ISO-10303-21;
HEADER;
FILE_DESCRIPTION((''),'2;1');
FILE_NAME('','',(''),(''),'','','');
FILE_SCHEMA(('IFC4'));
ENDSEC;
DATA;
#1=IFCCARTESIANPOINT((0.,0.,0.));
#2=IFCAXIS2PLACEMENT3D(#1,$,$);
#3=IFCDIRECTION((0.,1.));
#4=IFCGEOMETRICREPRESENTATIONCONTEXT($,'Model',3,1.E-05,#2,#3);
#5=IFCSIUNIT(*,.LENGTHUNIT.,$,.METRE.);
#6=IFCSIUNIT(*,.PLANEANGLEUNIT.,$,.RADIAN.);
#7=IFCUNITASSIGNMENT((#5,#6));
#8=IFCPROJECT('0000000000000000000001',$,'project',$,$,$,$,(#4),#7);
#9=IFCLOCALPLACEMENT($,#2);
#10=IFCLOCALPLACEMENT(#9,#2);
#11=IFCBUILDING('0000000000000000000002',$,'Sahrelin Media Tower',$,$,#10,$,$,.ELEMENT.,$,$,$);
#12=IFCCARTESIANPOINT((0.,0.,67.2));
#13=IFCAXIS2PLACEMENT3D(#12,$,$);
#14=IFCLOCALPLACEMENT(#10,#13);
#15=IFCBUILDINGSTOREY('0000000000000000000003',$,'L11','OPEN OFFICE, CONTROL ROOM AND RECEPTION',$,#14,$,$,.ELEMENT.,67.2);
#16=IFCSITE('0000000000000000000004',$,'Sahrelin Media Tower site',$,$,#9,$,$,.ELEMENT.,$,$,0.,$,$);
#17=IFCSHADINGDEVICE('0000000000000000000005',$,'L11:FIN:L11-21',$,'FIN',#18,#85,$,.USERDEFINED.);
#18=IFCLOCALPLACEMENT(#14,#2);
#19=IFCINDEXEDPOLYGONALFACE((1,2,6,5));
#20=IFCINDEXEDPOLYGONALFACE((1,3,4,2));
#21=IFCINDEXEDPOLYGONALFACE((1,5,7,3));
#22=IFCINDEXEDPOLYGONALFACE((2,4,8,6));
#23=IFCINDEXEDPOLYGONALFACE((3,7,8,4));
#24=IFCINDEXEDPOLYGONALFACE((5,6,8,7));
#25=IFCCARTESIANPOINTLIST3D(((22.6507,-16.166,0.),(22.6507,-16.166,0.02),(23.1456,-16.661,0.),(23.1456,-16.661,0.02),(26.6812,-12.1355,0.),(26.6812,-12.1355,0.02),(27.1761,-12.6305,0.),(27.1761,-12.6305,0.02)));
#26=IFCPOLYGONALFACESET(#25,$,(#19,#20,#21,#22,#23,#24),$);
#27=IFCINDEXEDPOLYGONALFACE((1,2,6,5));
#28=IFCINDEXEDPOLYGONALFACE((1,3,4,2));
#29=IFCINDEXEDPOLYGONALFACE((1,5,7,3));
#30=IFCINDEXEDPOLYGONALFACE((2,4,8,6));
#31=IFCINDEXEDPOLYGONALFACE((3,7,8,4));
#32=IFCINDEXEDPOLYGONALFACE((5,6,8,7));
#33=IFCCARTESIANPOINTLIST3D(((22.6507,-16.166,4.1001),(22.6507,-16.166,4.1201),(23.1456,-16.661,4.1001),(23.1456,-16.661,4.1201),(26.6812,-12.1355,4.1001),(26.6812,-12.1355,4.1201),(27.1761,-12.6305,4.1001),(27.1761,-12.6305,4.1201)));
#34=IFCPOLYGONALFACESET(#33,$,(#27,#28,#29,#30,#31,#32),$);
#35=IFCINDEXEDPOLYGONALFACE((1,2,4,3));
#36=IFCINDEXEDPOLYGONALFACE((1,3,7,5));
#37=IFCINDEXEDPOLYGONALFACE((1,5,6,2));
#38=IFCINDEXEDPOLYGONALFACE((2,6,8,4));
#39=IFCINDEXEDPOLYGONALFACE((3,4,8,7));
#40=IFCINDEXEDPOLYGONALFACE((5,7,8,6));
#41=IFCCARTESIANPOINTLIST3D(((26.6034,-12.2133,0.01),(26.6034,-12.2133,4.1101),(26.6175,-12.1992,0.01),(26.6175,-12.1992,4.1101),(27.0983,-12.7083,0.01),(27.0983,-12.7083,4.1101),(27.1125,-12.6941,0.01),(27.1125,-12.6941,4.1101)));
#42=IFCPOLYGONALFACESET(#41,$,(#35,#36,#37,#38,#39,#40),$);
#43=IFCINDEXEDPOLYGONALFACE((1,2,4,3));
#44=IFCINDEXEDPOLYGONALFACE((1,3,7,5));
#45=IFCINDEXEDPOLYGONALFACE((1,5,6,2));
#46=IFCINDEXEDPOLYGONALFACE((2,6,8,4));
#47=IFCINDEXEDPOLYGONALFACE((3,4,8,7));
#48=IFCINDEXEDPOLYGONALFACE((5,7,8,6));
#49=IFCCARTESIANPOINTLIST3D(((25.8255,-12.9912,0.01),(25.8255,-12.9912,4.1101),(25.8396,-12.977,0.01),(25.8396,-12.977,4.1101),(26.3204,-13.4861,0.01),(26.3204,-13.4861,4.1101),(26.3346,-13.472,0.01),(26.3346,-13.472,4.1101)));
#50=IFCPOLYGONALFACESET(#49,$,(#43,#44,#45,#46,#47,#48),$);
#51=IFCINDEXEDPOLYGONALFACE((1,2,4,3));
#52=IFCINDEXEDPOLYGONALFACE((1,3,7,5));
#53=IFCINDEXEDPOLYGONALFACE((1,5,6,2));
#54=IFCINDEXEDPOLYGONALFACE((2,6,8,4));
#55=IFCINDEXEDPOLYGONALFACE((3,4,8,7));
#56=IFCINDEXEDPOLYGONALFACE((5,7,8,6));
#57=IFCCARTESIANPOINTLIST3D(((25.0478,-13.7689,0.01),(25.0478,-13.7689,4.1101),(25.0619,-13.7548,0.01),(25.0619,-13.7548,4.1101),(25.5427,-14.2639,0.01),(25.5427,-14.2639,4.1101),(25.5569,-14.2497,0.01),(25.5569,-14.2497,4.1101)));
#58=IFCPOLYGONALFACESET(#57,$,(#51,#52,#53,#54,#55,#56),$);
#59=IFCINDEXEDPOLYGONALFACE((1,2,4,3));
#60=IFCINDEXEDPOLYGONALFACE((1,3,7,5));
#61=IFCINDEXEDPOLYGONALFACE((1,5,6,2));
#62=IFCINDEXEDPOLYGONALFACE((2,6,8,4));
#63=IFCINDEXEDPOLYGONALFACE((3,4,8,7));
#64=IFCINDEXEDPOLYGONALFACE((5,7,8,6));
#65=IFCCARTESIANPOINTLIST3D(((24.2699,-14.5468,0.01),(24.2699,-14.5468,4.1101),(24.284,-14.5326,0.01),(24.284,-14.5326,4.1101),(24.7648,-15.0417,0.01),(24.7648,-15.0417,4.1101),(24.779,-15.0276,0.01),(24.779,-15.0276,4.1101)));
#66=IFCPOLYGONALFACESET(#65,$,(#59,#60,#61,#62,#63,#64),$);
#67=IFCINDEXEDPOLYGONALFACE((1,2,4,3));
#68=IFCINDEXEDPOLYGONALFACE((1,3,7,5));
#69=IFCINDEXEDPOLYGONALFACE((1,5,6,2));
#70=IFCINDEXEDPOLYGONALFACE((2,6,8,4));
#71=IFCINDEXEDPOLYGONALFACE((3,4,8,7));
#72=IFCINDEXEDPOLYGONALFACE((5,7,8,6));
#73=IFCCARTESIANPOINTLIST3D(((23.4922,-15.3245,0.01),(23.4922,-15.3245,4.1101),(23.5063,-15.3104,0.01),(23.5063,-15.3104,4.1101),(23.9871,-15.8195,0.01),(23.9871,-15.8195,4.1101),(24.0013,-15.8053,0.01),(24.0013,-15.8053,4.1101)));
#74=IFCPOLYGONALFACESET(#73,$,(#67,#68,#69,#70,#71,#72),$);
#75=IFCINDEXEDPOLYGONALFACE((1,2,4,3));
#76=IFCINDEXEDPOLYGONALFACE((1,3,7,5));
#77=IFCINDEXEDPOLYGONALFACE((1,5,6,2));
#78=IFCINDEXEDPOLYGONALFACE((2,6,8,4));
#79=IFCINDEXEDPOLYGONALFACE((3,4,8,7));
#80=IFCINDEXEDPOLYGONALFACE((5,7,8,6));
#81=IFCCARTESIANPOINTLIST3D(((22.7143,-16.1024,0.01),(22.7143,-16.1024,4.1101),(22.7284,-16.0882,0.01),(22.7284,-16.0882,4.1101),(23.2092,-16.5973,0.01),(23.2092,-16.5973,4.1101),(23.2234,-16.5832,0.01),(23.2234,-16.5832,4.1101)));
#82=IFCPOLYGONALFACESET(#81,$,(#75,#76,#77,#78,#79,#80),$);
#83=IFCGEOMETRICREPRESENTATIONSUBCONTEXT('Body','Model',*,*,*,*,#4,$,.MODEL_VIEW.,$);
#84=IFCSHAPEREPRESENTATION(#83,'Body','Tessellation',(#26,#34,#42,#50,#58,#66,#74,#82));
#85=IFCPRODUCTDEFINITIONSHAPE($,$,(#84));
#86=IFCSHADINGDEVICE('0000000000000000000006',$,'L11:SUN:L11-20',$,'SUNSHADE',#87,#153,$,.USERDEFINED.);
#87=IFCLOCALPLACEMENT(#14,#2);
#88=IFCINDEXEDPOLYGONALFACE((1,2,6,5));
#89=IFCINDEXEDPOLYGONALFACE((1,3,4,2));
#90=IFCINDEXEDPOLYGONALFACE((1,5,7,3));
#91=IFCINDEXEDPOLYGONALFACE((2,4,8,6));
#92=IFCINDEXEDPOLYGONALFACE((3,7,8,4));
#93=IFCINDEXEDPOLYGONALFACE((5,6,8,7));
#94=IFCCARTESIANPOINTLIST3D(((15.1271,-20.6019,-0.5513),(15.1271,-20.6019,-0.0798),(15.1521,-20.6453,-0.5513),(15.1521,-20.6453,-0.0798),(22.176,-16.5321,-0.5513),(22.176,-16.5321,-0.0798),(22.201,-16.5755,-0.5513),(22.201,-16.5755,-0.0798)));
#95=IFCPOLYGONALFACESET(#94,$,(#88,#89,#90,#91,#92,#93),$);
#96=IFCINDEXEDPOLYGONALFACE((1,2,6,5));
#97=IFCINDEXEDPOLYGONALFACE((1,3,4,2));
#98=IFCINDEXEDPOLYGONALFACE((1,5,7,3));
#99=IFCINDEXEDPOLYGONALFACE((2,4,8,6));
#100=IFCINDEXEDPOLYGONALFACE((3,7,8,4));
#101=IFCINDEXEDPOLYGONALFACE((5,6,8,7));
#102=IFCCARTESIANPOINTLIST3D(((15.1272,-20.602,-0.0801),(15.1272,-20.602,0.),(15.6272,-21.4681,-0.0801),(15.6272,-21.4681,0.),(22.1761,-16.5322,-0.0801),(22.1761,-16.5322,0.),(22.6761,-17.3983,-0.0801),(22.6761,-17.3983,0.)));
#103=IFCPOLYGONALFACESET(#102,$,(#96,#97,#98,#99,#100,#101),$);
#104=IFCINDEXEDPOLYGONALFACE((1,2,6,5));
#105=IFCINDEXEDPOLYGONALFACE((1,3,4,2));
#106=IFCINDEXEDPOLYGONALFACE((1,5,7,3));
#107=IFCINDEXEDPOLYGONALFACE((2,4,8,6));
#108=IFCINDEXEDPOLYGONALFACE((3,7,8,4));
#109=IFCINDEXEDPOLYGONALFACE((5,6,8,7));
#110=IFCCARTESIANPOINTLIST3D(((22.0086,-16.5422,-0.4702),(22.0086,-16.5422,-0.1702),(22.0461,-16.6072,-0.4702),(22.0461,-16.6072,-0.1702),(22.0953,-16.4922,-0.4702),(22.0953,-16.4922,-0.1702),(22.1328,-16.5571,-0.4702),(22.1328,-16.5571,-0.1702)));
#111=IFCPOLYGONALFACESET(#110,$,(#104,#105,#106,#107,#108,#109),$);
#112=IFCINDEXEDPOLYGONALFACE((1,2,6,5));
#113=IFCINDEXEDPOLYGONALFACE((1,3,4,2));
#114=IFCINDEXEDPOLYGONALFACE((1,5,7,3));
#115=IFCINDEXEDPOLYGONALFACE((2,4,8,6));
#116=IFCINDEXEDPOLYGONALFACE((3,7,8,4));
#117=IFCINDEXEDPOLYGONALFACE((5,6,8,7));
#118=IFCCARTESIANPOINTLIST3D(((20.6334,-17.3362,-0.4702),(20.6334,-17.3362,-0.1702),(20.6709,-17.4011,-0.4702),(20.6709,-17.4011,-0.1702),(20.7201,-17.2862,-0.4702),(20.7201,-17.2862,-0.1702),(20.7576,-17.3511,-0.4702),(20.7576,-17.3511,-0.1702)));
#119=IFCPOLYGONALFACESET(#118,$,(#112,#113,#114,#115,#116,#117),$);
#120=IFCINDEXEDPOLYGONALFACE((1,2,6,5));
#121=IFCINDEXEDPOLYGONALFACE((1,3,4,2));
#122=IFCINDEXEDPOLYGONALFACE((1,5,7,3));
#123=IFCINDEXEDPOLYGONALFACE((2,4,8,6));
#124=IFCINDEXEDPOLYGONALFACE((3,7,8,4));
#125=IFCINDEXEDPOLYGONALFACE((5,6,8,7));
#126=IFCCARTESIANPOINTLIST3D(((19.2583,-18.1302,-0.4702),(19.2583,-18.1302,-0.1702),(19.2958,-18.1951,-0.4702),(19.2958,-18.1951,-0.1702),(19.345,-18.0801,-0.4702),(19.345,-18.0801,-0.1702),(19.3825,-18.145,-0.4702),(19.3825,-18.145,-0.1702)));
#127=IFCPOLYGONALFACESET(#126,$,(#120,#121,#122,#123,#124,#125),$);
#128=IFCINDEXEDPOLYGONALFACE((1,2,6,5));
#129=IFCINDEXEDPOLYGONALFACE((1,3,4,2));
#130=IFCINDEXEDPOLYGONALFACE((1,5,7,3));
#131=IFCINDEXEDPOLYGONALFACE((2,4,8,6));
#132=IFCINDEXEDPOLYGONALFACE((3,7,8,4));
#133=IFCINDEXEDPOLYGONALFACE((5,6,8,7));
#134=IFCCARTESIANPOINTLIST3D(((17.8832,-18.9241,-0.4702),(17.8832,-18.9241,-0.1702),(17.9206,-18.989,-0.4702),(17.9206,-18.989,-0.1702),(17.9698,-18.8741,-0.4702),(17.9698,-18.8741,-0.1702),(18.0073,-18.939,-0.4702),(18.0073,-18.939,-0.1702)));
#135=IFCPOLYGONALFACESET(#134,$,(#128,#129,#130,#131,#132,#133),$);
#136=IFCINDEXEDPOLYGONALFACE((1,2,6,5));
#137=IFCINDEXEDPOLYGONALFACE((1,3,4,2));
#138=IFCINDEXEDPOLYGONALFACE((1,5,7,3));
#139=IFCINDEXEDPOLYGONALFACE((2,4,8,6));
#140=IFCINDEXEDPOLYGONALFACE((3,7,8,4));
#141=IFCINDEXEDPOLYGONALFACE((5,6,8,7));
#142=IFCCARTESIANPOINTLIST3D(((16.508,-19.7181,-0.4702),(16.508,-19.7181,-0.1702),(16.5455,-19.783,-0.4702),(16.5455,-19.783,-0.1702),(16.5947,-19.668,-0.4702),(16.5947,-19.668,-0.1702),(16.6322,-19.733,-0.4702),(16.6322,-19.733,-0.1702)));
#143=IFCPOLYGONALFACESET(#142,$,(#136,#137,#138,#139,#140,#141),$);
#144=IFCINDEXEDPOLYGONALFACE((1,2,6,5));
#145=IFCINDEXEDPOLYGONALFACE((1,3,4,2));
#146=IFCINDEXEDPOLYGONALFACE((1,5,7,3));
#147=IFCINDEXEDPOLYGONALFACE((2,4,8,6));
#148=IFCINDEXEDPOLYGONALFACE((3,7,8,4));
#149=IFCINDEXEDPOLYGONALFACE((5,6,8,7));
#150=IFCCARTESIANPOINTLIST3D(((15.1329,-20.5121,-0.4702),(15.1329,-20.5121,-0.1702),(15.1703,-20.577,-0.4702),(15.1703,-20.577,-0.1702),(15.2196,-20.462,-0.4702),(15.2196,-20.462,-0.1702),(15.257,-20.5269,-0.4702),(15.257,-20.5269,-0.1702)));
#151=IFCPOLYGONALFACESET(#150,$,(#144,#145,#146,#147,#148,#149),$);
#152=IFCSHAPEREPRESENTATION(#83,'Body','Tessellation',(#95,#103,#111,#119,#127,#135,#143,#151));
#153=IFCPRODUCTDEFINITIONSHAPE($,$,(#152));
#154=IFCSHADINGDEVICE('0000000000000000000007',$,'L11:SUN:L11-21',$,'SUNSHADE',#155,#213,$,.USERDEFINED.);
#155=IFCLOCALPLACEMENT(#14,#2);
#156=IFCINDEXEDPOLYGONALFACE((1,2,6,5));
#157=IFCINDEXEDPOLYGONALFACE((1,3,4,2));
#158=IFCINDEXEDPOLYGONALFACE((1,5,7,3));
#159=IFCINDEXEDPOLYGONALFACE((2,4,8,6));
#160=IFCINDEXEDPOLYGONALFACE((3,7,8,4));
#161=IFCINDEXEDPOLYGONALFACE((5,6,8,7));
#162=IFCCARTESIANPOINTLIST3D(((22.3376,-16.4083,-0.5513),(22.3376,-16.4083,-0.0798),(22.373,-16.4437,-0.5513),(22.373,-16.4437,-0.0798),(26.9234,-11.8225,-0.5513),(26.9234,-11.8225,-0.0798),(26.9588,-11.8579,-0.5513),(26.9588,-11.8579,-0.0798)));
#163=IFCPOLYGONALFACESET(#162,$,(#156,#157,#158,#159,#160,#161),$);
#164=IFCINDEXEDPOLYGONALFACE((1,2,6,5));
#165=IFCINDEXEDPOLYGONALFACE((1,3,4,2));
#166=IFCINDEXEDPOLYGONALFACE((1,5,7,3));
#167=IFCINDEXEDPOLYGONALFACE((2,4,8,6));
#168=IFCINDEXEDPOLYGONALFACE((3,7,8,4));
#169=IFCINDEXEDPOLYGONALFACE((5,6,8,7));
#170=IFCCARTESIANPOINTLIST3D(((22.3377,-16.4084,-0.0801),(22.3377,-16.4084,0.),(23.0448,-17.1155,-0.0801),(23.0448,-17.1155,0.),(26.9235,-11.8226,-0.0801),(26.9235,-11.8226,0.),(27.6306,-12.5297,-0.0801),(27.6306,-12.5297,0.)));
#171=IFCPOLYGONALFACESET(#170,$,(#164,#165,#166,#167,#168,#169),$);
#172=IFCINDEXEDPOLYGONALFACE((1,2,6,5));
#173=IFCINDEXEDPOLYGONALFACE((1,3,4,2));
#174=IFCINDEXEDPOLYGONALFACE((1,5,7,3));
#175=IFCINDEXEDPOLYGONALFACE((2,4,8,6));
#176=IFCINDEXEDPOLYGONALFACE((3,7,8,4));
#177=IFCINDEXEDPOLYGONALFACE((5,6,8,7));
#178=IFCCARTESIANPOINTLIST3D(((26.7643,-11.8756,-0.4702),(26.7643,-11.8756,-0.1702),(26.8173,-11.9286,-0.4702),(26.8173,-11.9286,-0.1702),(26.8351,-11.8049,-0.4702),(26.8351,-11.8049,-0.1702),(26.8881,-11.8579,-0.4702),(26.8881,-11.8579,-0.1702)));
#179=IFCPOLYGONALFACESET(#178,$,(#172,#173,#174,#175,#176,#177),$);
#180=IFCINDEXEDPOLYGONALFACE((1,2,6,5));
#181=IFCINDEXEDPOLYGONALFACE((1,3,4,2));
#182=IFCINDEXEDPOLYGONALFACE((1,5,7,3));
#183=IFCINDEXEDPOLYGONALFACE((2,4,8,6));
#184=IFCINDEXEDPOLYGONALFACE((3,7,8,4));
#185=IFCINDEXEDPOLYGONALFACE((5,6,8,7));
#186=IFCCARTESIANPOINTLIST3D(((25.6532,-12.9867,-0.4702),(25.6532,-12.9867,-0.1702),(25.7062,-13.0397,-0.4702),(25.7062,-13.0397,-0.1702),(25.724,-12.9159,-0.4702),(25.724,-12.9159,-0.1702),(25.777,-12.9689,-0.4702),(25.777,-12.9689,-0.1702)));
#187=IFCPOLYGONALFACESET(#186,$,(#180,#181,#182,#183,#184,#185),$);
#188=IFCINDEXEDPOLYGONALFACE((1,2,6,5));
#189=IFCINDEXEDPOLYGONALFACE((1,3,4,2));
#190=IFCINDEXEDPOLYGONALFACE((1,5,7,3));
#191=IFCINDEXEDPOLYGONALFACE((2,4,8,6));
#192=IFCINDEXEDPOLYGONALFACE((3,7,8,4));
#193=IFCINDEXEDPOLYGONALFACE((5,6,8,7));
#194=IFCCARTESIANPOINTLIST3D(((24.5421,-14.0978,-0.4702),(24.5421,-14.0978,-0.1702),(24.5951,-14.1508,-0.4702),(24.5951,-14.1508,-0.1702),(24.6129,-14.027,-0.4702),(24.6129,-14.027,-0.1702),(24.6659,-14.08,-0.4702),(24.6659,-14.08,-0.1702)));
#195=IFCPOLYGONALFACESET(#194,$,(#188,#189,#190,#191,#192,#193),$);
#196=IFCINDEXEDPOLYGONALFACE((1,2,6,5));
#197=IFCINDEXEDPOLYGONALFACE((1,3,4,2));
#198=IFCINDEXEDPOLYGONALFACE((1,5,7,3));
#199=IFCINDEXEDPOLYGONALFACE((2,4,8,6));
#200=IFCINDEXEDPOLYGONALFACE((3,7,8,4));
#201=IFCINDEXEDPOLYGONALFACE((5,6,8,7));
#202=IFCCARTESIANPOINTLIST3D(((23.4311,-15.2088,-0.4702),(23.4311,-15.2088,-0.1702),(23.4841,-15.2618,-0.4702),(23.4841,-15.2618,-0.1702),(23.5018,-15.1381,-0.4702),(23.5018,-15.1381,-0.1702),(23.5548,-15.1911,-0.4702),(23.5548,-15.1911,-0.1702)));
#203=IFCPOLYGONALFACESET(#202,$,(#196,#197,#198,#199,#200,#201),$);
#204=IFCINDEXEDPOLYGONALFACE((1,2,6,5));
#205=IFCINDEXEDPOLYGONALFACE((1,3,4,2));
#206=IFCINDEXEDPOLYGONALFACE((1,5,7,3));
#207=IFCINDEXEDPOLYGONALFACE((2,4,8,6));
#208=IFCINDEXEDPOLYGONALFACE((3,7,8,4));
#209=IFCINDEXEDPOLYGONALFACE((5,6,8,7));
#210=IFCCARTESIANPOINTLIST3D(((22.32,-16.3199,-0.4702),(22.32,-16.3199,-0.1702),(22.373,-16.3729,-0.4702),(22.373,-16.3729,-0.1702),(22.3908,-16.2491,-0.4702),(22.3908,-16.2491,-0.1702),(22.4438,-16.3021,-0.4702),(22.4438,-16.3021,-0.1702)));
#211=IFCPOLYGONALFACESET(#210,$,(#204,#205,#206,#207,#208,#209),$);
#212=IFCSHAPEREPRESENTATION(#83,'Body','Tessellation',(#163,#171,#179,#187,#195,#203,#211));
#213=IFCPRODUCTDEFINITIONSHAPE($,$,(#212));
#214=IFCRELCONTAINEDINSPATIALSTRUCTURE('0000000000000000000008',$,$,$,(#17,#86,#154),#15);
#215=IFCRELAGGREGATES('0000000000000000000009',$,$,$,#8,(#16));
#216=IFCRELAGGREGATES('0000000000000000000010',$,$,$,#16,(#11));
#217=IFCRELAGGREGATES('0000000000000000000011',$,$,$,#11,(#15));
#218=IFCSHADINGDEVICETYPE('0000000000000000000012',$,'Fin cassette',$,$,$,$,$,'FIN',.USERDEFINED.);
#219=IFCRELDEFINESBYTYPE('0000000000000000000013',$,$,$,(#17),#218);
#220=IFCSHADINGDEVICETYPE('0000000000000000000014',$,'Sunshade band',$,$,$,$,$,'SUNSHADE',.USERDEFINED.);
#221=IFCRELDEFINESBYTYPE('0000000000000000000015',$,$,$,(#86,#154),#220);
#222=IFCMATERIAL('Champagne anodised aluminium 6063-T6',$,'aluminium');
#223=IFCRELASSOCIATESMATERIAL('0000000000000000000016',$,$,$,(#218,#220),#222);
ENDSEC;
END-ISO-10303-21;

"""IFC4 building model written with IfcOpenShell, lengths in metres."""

from ifc_helpers import new_model, si_unit, direction, frame, origin, origin_2d, place, context, subcontext, project, spatial, rectangle, extrude, material, type_object, element, save


model = new_model("IFC4")

# Units and contexts
model_context = context("Model", 3, precision=1e-05, world=origin(), true_north=direction((0.0, 1.0)))
body_context = subcontext(model_context, "Body", "Model", "MODEL_VIEW")
ifc_project = project(units=[si_unit("LENGTHUNIT", "METRE"), si_unit("PLANEANGLEUNIT", "RADIAN")], contexts=[model_context])

# Site, building, storey
site_placement = place(None, origin())
site = spatial("IfcSite", under=ifc_project, at=site_placement, Name="Sahrelin Media Tower site", CompositionType="ELEMENT", RefElevation=0.0)
building_placement = place(site_placement, origin())
building = spatial("IfcBuilding", under=site, at=building_placement, Name="Sahrelin Media Tower", CompositionType="ELEMENT")
storey_placement = place(building_placement, frame((0.0, 0.0, 67.2)))
storey = spatial("IfcBuildingStorey", under=building, at=storey_placement, Name="L11", Description="OPEN OFFICE, CONTROL ROOM AND RECEPTION", CompositionType="ELEMENT", Elevation=67.2)

# Shared definitions
ifc_material_1 = material(Name="Champagne anodised aluminium 6063-T6", Category="aluminium")

# Shading devices
shading_device_type_1 = type_object("IfcShadingDeviceType", Name="Fin cassette", ElementType="FIN", PredefinedType="USERDEFINED", material=ifc_material_1)
placement_1 = place(storey_placement, frame((18.6416, -18.5498, 0.0), z_axis=(0.0, 0.0, 1.0), x_axis=(-0.866019, -0.500011, 0.0)))
placement_2 = place(storey_placement, frame((24.6165, -14.1013, 0.0), z_axis=(0.0, 0.0, 1.0), x_axis=(-0.707107, -0.707107, 0.0)))
element("IfcShadingDevice", 1, at=placement_2, inside=storey, type_object=shading_device_type_1, Name="L11:FIN:L11-21", ObjectType="FIN", PredefinedType="USERDEFINED", context=body_context, shape_type="SweptSolid", body=[
    extrude(rectangle(XDim=5.7, YDim=0.7, at=origin_2d()), frame((0.0, 0.4199, 0.0)), (0.0, 0.0, 1.0), 0.02),
    extrude(rectangle(XDim=5.7, YDim=0.7, at=origin_2d()), frame((0.0, 0.4199, 4.1001)), (0.0, 0.0, 1.0), 0.02),
    extrude(rectangle(XDim=0.02, YDim=0.7, at=origin_2d()), frame((-2.75, 0.4199, 0.01), z_axis=(0.0, 0.0, 1.0), x_axis=(1.0, 0.0, 0.0)), (0.0, 0.0, 1.0), 4.1001),
    extrude(rectangle(XDim=0.02, YDim=0.7, at=origin_2d()), frame((-1.6499, 0.4199, 0.01), z_axis=(0.0, 0.0, 1.0), x_axis=(1.0, 0.0, 0.0)), (0.0, 0.0, 1.0), 4.1001),
    extrude(rectangle(XDim=0.02, YDim=0.7, at=origin_2d()), frame((-0.55, 0.4199, 0.01), z_axis=(0.0, 0.0, 1.0), x_axis=(1.0, 0.0, 0.0)), (0.0, 0.0, 1.0), 4.1001),
    extrude(rectangle(XDim=0.02, YDim=0.7, at=origin_2d()), frame((0.55, 0.4199, 0.01), z_axis=(0.0, 0.0, 1.0), x_axis=(1.0, 0.0, 0.0)), (0.0, 0.0, 1.0), 4.1001),
    extrude(rectangle(XDim=0.02, YDim=0.7, at=origin_2d()), frame((1.6499, 0.4199, 0.01), z_axis=(0.0, 0.0, 1.0), x_axis=(1.0, 0.0, 0.0)), (0.0, 0.0, 1.0), 4.1001),
    extrude(rectangle(XDim=0.02, YDim=0.7, at=origin_2d()), frame((2.75, 0.4199, 0.01), z_axis=(0.0, 0.0, 1.0), x_axis=(1.0, 0.0, 0.0)), (0.0, 0.0, 1.0), 4.1001),
])
shading_device_type_2 = type_object("IfcShadingDeviceType", Name="Sunshade band", ElementType="SUNSHADE", PredefinedType="USERDEFINED", material=ifc_material_1)
element("IfcShadingDevice", 2, at=placement_1, inside=storey, type_object=shading_device_type_2, Name="L11:SUN:L11-20", ObjectType="SUNSHADE", PredefinedType="USERDEFINED", context=body_context, shape_type="SweptSolid", body=[
    extrude(rectangle(XDim=8.1394, YDim=0.05, at=origin_2d()), frame((0.0, 0.0449, -0.5513)), (0.0, 0.0, 1.0), 0.4714),
    extrude(rectangle(XDim=8.1394, YDim=1.0, at=origin_2d()), frame((0.0, 0.52, -0.0801)), (0.0, 0.0, 1.0), 0.0801),
    extrude(rectangle(XDim=0.1001, YDim=0.075, at=origin_2d()), frame((-3.9697, -0.0176, -0.4702)), (0.0, 0.0, 1.0), 0.3),
    extrude(rectangle(XDim=0.1001, YDim=0.075, at=origin_2d()), frame((-2.3818, -0.0176, -0.4702)), (0.0, 0.0, 1.0), 0.3),
    extrude(rectangle(XDim=0.1001, YDim=0.075, at=origin_2d()), frame((-0.7939, -0.0176, -0.4702)), (0.0, 0.0, 1.0), 0.3),
    extrude(rectangle(XDim=0.1001, YDim=0.075, at=origin_2d()), frame((0.7939, -0.0176, -0.4702)), (0.0, 0.0, 1.0), 0.3),
    extrude(rectangle(XDim=0.1001, YDim=0.075, at=origin_2d()), frame((2.3818, -0.0176, -0.4702)), (0.0, 0.0, 1.0), 0.3),
    extrude(rectangle(XDim=0.1001, YDim=0.075, at=origin_2d()), frame((3.9697, -0.0176, -0.4702)), (0.0, 0.0, 1.0), 0.3),
])
element("IfcShadingDevice", 3, at=placement_2, inside=storey, type_object=shading_device_type_2, Name="L11:SUN:L11-21", ObjectType="SUNSHADE", PredefinedType="USERDEFINED", context=body_context, shape_type="SweptSolid", body=[
    extrude(rectangle(XDim=6.4854, YDim=0.05, at=origin_2d()), frame((0.0, 0.0449, -0.5513)), (0.0, 0.0, 1.0), 0.4714),
    extrude(rectangle(XDim=6.4854, YDim=1.0, at=origin_2d()), frame((0.0, 0.52, -0.0801)), (0.0, 0.0, 1.0), 0.0801),
    extrude(rectangle(XDim=0.1001, YDim=0.075, at=origin_2d()), frame((-3.1426, -0.0176, -0.4702)), (0.0, 0.0, 1.0), 0.3),
    extrude(rectangle(XDim=0.1001, YDim=0.075, at=origin_2d()), frame((-1.5713, -0.0176, -0.4702)), (0.0, 0.0, 1.0), 0.3),
    extrude(rectangle(XDim=0.1001, YDim=0.075, at=origin_2d()), frame((0.0, -0.0176, -0.4702)), (0.0, 0.0, 1.0), 0.3),
    extrude(rectangle(XDim=0.1001, YDim=0.075, at=origin_2d()), frame((1.5713, -0.0176, -0.4702)), (0.0, 0.0, 1.0), 0.3),
    extrude(rectangle(XDim=0.1001, YDim=0.075, at=origin_2d()), frame((3.1426, -0.0176, -0.4702)), (0.0, 0.0, 1.0), 0.3),
])

save(model, "model.ifc")
